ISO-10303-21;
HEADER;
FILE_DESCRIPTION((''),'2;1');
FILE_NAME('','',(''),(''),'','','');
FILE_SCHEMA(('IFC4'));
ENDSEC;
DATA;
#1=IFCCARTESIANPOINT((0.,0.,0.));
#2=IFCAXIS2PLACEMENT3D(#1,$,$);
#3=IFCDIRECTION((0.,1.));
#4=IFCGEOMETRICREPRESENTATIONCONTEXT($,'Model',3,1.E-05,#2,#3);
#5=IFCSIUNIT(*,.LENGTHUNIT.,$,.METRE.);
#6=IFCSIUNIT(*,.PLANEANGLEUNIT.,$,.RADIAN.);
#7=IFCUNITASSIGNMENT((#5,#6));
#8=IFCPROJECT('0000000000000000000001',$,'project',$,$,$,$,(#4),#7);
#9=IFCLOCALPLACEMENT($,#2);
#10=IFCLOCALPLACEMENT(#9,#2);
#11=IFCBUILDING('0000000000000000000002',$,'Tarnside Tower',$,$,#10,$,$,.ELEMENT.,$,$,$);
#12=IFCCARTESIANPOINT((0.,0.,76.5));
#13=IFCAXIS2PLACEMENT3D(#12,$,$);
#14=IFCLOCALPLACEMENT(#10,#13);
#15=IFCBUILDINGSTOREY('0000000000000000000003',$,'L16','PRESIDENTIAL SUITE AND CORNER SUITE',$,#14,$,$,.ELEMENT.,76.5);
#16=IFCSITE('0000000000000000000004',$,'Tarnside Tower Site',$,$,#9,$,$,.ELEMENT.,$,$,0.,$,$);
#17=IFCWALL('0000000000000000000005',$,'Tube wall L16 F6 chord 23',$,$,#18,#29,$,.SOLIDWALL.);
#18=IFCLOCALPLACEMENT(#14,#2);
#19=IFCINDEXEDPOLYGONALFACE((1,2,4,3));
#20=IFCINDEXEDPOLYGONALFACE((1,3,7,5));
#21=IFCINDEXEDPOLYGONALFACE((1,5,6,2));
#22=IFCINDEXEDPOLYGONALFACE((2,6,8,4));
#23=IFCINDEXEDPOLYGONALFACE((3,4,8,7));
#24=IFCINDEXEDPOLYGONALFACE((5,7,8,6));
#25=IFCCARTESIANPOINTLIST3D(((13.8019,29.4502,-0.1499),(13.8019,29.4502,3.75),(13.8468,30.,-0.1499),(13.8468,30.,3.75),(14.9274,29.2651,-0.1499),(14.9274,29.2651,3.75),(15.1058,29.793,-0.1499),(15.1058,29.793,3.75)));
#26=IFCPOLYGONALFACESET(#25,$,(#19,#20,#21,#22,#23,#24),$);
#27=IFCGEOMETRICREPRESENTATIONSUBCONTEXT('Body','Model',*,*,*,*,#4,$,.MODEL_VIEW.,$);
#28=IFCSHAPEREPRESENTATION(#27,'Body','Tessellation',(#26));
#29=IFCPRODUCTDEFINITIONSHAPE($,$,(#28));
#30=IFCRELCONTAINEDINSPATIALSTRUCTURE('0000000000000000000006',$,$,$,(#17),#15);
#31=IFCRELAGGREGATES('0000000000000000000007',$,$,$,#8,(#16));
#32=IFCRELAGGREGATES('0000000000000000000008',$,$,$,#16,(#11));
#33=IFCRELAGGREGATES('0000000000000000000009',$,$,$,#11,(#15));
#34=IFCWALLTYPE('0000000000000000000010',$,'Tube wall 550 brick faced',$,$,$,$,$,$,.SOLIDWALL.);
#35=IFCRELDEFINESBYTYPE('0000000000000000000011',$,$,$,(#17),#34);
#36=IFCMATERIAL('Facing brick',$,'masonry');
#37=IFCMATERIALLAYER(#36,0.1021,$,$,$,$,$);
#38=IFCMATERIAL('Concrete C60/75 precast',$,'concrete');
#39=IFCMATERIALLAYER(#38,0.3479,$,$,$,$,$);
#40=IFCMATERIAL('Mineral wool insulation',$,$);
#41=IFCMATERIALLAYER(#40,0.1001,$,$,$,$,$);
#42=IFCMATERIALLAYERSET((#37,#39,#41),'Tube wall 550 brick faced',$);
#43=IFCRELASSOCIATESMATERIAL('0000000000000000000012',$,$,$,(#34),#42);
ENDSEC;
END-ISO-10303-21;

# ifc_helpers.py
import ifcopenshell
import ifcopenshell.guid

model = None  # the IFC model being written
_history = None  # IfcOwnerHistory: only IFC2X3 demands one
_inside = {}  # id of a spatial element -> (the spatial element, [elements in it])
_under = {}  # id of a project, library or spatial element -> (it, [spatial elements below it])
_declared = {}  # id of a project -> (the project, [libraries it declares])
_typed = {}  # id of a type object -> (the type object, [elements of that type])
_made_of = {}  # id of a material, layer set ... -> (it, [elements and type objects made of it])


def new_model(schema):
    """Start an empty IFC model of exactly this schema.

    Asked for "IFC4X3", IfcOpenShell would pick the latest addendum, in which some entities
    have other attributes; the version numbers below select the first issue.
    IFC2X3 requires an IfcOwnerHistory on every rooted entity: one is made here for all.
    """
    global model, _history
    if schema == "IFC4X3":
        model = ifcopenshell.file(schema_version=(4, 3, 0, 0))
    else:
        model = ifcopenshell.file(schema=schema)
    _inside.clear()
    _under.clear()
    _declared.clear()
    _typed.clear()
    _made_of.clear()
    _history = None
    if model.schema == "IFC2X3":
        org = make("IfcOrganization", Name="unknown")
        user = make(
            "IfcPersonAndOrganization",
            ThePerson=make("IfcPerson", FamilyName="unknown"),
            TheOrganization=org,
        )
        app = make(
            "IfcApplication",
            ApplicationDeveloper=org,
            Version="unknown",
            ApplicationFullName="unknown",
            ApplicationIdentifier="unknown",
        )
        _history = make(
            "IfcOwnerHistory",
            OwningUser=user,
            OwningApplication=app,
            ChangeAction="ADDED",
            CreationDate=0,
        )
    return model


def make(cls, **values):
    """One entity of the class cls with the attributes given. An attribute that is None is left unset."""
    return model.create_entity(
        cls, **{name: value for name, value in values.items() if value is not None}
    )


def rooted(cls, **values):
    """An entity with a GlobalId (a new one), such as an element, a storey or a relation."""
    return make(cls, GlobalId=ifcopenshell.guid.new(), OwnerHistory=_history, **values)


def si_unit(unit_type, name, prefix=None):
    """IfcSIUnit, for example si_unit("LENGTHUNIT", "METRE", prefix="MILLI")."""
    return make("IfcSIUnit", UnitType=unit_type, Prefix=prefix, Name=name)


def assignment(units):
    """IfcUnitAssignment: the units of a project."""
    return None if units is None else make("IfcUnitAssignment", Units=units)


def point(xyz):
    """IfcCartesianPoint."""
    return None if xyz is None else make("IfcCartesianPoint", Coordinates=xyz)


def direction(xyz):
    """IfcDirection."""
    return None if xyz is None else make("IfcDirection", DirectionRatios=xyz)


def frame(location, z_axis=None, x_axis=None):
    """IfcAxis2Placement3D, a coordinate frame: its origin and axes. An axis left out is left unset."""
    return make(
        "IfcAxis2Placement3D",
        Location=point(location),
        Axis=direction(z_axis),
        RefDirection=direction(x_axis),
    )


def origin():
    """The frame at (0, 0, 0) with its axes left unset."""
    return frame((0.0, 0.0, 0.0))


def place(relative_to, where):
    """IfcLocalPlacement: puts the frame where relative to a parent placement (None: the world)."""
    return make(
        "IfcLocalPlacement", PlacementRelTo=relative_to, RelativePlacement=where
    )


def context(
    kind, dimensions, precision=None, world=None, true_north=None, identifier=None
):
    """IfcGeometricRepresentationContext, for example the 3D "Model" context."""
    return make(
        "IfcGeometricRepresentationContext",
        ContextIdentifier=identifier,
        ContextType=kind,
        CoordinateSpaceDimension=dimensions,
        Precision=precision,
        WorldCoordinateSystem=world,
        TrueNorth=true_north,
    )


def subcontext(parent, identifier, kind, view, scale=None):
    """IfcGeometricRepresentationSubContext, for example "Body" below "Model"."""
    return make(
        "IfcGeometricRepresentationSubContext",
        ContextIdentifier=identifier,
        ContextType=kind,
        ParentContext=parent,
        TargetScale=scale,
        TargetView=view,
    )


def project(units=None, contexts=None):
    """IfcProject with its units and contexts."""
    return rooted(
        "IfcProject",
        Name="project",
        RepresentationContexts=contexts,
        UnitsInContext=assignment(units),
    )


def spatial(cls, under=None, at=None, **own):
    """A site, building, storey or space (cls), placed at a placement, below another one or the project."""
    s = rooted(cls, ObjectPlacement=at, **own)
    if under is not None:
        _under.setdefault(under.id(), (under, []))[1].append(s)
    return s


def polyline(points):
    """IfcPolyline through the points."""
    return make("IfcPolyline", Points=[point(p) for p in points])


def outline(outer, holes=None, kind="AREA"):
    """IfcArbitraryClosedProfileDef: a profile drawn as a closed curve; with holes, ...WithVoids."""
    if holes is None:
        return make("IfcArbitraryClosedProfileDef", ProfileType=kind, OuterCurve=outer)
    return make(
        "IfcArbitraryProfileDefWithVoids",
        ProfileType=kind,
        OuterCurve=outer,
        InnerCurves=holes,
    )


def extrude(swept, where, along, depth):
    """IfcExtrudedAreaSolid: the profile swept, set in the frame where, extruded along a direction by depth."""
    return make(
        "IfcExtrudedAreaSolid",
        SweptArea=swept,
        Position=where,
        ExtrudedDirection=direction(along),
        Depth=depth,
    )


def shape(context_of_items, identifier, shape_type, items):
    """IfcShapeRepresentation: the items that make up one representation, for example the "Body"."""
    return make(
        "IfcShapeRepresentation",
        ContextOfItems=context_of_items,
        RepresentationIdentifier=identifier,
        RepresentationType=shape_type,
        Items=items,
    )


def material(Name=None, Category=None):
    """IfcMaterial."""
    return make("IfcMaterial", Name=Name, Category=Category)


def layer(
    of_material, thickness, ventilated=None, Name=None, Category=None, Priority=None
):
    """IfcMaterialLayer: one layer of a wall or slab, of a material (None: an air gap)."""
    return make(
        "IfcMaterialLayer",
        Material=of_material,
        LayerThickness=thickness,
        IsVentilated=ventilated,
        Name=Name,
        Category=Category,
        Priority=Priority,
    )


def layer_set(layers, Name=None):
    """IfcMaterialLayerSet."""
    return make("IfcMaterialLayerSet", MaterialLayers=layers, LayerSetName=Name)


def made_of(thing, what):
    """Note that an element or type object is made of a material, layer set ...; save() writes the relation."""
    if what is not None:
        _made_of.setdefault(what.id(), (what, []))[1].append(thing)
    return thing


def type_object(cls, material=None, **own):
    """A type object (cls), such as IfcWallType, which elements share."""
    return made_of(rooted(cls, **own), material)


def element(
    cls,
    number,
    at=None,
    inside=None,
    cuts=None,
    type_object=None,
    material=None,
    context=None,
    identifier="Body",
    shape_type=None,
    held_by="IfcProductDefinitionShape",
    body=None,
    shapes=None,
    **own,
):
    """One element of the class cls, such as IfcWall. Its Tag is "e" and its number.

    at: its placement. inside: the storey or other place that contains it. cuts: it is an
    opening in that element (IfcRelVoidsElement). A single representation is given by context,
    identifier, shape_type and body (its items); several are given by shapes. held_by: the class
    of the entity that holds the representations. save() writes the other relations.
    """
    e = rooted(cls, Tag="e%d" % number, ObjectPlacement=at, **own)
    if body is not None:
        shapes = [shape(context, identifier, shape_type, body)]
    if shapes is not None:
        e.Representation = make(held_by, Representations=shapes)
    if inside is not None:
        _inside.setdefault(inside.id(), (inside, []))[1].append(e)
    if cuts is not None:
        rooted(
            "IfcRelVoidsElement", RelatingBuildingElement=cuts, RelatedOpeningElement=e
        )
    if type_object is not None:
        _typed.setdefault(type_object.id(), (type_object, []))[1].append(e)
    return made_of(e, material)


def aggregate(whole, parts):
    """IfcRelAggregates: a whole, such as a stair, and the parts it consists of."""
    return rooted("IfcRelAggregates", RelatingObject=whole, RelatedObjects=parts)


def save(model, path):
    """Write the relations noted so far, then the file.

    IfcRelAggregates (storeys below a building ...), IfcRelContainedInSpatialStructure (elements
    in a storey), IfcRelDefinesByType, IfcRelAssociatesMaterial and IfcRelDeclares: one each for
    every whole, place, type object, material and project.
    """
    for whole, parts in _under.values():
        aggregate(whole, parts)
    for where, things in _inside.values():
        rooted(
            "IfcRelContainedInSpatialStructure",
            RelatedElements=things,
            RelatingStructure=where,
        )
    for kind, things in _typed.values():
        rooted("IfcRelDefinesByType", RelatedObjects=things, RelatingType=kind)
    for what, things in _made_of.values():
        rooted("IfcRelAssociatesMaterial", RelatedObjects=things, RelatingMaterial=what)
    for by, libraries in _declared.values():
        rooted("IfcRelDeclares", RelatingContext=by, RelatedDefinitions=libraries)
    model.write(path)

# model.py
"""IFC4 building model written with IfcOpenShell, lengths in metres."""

from ifc_helpers import new_model, si_unit, direction, frame, origin, place, context, subcontext, project, spatial, polyline, outline, extrude, material, layer, layer_set, type_object, element, save


model = new_model("IFC4")

# Units and contexts
model_context = context("Model", 3, precision=1e-05, world=origin(), true_north=direction((0.0, 1.0)))
body_context = subcontext(model_context, "Body", "Model", "MODEL_VIEW")
ifc_project = project(units=[si_unit("LENGTHUNIT", "METRE"), si_unit("PLANEANGLEUNIT", "RADIAN")], contexts=[model_context])

# Site, building, storey
site_placement = place(None, origin())
site = spatial("IfcSite", under=ifc_project, at=site_placement, Name="Tarnside Tower Site", CompositionType="ELEMENT", RefElevation=0.0)
building_placement = place(site_placement, origin())
building = spatial("IfcBuilding", under=site, at=building_placement, Name="Tarnside Tower", CompositionType="ELEMENT")
storey_placement = place(building_placement, frame((0.0, 0.0, 76.5)))
storey = spatial("IfcBuildingStorey", under=building, at=storey_placement, Name="L16", Description="PRESIDENTIAL SUITE AND CORNER SUITE", CompositionType="ELEMENT", Elevation=76.5)

# Shared definitions
ifc_material_1 = material(Name="Facing brick", Category="masonry")
ifc_layer_1 = layer(ifc_material_1, 0.1021)
ifc_material_2 = material(Name="Concrete C60/75 precast", Category="concrete")
ifc_layer_2 = layer(ifc_material_2, 0.3479)
ifc_material_3 = material(Name="Mineral wool insulation")
ifc_layer_3 = layer(ifc_material_3, 0.1001)
ifc_layer_set_1 = layer_set([ifc_layer_1, ifc_layer_2, ifc_layer_3], Name="Tube wall 550 brick faced")
wall_type_1 = type_object("IfcWallType", Name="Tube wall 550 brick faced", PredefinedType="SOLIDWALL", material=ifc_layer_set_1)

# Wall
wall_1_placement = place(storey_placement, frame((15.0166, 29.5291, -0.1499), z_axis=(0.0, 0.0, 1.0), x_axis=(-0.986747, 0.162269, 0.0)))
element("IfcWall", 1, at=wall_1_placement, inside=storey, type_object=wall_type_1, Name="Tube wall L16 F6 chord 23", PredefinedType="SOLIDWALL", context=body_context, shape_type="SweptSolid", body=[
    extrude(outline(polyline([(-0.0452, -0.2749), (1.2307, -0.2749), (1.1858, 0.2749), (0.0452, 0.2749), (-0.0452, -0.2749)])), origin(), (0.0, 0.0, 1.0), 3.8999),
])

save(model, "model.ifc")
